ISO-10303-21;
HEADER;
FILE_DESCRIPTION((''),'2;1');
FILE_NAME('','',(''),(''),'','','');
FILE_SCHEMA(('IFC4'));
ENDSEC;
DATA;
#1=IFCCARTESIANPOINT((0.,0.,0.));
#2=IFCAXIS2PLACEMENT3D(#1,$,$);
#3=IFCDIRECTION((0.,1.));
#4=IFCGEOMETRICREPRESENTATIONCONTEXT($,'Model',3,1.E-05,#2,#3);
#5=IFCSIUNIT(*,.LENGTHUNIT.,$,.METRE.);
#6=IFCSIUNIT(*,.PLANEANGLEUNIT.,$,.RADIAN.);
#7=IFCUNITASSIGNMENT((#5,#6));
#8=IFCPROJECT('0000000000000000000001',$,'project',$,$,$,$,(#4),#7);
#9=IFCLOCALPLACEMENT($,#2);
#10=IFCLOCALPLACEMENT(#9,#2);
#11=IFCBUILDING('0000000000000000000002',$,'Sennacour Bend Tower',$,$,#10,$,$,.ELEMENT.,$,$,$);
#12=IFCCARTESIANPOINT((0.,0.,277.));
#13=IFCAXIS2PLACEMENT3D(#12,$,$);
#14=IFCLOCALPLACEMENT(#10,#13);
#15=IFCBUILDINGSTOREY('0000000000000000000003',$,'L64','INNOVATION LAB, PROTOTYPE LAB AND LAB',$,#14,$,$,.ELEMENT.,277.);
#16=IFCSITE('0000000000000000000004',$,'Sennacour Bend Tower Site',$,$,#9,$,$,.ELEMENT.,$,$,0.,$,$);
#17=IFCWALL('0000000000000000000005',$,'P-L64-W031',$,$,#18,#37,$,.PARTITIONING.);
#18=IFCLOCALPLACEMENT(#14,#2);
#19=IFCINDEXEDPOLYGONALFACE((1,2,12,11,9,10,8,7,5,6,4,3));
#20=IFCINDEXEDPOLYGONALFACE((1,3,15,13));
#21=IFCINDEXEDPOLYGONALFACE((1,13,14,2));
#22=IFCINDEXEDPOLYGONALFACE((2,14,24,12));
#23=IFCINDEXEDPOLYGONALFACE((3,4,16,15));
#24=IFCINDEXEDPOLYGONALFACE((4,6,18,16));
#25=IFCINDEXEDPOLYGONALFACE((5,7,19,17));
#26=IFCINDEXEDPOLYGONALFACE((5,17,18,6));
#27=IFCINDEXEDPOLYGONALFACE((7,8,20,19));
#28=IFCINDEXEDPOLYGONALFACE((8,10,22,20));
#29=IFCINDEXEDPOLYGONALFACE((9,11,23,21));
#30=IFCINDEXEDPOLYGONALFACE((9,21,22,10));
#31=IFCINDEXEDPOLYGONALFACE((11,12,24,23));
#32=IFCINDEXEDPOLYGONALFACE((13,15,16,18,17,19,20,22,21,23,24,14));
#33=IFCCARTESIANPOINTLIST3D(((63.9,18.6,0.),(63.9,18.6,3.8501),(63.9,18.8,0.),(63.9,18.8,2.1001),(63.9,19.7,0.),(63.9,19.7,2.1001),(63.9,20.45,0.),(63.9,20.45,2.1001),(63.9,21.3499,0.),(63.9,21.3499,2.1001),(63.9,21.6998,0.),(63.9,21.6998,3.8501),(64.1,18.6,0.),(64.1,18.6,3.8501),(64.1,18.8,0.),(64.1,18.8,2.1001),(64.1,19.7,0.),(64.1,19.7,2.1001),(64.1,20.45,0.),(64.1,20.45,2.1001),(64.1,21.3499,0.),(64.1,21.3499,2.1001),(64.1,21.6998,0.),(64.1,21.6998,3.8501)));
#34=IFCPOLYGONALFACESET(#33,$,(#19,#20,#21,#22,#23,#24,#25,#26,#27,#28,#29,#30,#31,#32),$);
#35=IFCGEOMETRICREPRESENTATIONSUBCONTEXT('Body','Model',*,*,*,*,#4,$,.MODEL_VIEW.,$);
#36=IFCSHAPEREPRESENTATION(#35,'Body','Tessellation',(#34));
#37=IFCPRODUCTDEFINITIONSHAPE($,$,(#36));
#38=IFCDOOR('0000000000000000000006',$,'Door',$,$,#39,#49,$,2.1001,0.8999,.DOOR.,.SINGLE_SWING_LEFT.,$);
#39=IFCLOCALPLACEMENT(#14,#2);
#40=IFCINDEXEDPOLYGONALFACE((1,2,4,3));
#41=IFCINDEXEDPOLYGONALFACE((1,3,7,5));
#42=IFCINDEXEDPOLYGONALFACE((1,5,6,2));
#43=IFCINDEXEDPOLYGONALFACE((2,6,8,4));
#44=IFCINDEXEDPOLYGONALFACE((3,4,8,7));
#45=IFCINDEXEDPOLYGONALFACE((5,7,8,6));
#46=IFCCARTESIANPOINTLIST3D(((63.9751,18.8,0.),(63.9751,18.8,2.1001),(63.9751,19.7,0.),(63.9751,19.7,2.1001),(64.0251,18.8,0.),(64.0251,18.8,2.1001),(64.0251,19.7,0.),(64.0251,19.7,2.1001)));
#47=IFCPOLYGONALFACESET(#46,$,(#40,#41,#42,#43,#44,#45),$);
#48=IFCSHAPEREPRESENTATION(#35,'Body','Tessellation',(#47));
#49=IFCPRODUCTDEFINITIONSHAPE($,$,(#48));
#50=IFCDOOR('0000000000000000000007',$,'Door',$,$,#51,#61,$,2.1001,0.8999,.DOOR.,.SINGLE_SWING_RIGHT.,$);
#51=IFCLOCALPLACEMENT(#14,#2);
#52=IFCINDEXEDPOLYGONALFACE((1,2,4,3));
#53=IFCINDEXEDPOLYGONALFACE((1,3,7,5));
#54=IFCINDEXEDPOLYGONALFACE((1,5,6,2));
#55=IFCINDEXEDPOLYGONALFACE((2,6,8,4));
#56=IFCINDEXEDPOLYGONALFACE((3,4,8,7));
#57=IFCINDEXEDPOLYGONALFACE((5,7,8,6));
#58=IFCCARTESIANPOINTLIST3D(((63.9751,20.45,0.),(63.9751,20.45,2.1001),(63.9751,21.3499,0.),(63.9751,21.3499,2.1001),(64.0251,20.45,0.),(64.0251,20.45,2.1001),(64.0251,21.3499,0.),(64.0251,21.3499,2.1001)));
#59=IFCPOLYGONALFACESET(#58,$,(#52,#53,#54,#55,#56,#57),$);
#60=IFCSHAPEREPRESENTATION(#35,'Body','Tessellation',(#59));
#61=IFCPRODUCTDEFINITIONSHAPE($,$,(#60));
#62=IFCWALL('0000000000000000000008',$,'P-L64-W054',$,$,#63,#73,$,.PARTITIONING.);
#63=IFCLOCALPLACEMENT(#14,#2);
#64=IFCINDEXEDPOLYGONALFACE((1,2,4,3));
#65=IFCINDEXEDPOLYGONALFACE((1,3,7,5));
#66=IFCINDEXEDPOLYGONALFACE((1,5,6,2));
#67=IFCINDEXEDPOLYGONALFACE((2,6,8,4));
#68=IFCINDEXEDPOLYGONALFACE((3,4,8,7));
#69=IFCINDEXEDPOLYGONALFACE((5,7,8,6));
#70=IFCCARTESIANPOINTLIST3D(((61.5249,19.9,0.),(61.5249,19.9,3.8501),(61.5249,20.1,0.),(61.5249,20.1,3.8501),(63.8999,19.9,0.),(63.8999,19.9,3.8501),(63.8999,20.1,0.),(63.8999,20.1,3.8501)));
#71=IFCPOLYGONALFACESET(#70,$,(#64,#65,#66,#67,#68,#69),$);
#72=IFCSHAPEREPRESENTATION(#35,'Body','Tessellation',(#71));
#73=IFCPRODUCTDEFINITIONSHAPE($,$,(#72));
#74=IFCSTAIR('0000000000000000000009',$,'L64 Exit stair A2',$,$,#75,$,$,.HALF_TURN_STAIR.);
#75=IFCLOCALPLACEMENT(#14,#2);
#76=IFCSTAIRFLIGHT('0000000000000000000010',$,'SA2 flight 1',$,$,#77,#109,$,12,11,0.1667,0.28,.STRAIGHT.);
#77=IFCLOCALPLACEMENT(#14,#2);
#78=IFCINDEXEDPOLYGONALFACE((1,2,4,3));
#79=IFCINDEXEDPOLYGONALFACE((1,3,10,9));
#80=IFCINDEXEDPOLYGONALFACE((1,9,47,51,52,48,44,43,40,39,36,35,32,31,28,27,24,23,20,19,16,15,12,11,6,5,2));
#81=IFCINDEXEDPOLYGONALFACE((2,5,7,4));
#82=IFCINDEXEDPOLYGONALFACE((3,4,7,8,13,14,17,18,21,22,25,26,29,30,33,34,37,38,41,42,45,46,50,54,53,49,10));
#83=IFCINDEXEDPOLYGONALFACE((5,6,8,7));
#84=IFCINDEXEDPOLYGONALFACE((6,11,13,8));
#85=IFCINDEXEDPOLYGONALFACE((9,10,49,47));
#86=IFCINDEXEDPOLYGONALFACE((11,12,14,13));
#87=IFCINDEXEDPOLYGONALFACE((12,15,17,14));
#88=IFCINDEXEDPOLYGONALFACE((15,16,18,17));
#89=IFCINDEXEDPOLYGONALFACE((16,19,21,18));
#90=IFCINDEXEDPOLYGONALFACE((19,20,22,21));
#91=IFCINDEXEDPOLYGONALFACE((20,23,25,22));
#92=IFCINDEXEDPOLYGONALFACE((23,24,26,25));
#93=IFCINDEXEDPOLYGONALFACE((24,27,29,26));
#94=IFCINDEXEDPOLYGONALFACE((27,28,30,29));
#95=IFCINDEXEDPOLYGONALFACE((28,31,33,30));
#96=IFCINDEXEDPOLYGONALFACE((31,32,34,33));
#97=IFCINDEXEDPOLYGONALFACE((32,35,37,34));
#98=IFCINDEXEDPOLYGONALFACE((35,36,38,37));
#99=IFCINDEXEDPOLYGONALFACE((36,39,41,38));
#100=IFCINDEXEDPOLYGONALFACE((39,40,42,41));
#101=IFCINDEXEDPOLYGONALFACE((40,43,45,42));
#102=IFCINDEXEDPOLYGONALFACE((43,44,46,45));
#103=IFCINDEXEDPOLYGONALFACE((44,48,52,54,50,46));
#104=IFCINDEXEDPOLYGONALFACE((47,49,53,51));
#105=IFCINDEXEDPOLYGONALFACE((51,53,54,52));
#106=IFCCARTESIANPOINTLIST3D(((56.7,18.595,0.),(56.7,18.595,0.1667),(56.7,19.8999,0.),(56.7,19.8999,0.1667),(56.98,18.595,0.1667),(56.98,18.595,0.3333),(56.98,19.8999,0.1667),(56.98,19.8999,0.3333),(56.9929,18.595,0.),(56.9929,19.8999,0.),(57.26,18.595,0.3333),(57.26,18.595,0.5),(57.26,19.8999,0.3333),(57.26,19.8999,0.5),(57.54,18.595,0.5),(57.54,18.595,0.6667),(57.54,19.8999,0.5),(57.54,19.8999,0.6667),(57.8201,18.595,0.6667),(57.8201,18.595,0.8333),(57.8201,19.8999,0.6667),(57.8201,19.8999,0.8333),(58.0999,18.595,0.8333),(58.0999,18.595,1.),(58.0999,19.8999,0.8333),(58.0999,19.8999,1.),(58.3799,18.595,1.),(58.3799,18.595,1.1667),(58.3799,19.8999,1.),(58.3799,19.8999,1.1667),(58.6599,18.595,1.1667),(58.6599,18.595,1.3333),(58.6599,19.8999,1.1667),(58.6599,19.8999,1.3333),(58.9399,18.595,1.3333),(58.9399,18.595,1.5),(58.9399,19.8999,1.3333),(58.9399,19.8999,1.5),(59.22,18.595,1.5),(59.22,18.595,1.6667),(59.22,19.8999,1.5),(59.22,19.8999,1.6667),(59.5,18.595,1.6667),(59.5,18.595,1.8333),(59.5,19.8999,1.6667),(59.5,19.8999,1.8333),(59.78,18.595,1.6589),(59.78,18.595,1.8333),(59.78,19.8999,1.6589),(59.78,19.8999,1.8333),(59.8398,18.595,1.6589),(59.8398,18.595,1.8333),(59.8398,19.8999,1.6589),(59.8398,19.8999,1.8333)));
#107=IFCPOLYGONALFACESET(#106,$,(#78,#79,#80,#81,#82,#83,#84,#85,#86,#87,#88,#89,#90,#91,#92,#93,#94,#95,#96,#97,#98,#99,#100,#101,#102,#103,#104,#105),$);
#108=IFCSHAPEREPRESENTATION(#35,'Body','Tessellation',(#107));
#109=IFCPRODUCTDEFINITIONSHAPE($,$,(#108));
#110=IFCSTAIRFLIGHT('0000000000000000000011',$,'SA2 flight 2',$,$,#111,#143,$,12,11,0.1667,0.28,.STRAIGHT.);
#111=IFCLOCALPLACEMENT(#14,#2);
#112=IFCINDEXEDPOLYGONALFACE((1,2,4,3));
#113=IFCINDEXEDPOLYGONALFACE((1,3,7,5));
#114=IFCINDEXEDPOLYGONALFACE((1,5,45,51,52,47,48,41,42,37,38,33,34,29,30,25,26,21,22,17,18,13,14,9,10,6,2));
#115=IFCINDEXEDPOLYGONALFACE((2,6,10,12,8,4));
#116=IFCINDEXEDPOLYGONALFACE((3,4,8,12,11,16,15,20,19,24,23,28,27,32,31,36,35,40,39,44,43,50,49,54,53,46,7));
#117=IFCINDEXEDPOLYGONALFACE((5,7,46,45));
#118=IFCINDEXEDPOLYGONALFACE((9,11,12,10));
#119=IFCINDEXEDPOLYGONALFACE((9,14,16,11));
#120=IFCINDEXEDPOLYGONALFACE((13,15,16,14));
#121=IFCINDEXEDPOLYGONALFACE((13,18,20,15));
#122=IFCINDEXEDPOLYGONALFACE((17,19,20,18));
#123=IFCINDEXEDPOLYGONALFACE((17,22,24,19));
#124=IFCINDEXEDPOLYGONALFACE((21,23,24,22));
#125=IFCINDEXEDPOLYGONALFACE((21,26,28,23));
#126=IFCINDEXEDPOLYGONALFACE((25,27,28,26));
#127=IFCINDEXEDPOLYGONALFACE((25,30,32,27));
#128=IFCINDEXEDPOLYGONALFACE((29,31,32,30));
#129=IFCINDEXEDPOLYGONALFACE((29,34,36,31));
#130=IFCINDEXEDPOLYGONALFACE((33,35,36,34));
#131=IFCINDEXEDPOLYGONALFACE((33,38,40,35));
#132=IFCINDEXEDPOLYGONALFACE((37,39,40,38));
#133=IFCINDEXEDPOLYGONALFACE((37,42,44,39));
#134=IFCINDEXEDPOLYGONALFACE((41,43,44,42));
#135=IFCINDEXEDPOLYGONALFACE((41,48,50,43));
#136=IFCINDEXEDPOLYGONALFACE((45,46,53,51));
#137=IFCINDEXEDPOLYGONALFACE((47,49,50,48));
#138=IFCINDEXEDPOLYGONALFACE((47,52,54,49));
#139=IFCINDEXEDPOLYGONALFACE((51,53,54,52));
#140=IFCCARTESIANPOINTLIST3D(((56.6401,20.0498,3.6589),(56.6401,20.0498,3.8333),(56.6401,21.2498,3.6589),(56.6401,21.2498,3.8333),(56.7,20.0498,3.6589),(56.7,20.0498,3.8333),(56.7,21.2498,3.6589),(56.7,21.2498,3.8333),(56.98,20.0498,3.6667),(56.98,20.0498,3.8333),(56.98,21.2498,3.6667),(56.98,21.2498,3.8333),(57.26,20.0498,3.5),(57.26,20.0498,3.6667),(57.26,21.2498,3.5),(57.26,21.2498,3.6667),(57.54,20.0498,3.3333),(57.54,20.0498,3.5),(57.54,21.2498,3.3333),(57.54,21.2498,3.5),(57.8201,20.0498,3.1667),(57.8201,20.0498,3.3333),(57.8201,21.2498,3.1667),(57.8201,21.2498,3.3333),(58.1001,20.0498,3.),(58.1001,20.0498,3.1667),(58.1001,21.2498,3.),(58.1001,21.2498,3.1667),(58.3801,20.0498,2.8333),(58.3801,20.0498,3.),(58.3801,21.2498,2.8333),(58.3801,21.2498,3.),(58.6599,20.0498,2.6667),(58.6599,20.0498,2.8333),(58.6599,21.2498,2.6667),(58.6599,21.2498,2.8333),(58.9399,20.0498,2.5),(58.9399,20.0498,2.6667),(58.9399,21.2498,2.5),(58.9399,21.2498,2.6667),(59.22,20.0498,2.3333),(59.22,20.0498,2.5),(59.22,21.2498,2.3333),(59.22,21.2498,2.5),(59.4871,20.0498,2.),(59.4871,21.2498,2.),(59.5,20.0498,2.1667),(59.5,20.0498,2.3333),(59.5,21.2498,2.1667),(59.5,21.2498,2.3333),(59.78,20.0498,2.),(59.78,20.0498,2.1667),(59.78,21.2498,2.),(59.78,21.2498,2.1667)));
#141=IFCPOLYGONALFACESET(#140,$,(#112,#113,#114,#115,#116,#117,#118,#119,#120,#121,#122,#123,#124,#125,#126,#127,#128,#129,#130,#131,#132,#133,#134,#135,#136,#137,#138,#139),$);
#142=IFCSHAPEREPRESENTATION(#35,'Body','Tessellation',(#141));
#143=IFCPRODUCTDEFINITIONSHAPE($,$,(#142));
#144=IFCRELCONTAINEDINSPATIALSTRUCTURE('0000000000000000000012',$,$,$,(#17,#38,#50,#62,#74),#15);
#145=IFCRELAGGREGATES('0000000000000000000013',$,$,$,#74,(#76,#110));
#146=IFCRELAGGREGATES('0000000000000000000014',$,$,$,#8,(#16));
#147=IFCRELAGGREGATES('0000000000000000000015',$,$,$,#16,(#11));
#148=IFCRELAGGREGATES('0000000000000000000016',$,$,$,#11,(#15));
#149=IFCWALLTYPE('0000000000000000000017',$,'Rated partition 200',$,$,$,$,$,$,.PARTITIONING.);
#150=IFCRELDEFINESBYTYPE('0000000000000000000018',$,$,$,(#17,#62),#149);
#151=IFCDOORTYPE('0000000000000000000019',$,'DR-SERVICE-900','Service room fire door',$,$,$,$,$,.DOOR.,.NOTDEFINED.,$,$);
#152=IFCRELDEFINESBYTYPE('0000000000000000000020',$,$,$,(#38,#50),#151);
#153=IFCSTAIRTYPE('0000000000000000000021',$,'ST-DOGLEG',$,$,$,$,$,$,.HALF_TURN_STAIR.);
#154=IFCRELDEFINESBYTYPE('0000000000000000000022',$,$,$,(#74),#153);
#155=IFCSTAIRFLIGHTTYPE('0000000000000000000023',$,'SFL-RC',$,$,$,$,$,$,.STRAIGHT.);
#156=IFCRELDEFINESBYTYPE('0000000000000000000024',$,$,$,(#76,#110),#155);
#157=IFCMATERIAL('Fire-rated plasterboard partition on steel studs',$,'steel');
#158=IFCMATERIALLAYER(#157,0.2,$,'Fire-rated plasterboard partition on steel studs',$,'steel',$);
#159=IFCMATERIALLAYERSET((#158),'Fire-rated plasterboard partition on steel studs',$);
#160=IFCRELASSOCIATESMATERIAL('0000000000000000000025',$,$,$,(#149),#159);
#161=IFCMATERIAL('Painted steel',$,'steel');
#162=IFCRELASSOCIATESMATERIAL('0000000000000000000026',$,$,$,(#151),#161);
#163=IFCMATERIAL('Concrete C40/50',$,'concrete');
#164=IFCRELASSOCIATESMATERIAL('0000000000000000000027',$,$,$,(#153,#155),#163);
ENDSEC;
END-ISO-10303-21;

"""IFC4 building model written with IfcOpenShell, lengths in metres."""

from ifc_helpers import new_model, si_unit, direction, frame, frame_2d, origin, place, context, subcontext, project, spatial, polyline, rectangle, outline, extrude, material, layer, layer_set, type_object, element, fill, aggregate, save


model = new_model("IFC4")

# Units and contexts
model_context = context("Model", 3, precision=1e-05, world=origin(), true_north=direction((0.0, 1.0)))
body_context = subcontext(model_context, "Body", "Model", "MODEL_VIEW")
ifc_project = project(units=[si_unit("LENGTHUNIT", "METRE"), si_unit("PLANEANGLEUNIT", "RADIAN")], contexts=[model_context])

# Site, building, storey
site_placement = place(None, origin())
site = spatial("IfcSite", under=ifc_project, at=site_placement, Name="Sennacour Bend Tower Site", CompositionType="ELEMENT", RefElevation=0.0)
building_placement = place(site_placement, origin())
building = spatial("IfcBuilding", under=site, at=building_placement, Name="Sennacour Bend Tower", CompositionType="ELEMENT")
storey_placement = place(building_placement, frame((0.0, 0.0, 277.0)))
storey = spatial("IfcBuildingStorey", under=building, at=storey_placement, Name="L64", Description="INNOVATION LAB, PROTOTYPE LAB AND LAB", CompositionType="ELEMENT", Elevation=277.0)

# Wall, openings, doors
ifc_material_1 = material(Name="Fire-rated plasterboard partition on steel studs", Category="steel")
ifc_layer = layer(ifc_material_1, 0.2, Name="Fire-rated plasterboard partition on steel studs", Category="steel")
ifc_layer_set = layer_set([ifc_layer], Name="Fire-rated plasterboard partition on steel studs")
wall_type = type_object("IfcWallType", Name="Rated partition 200", PredefinedType="PARTITIONING", material=ifc_layer_set)
wall_1_placement = place(storey_placement, frame((64.0, 18.6001, 0.0), z_axis=(0.0, 0.0, 1.0), x_axis=(0.0, 1.0, 0.0)))
wall_1 = element("IfcWall", 1, at=wall_1_placement, inside=storey, type_object=wall_type, Name="P-L64-W031", PredefinedType="PARTITIONING", context=body_context, shape_type="SweptSolid", body=[
    extrude(rectangle(XDim=3.0999, YDim=0.2, at=frame_2d((1.5498, 0.0))), origin(), (0.0, 0.0, 1.0), 3.8501),
])
opening_1_placement = place(wall_1_placement, frame((0.2, 0.0, 0.0)))
opening_1 = element("IfcOpeningElement", 2, at=opening_1_placement, cuts=wall_1, PredefinedType="OPENING", context=body_context, shape_type="SweptSolid", body=[
    extrude(rectangle(XDim=0.8999, YDim=2.1001, at=frame_2d((0.45, 1.05))), frame((0.0, 0.1099, 0.0), z_axis=(0.0, -1.0, 0.0), x_axis=(1.0, 0.0, 0.0)), (0.0, 0.0, 1.0), 0.22),
])
opening_2_placement = place(wall_1_placement, frame((1.8499, 0.0, 0.0)))
opening_2 = element("IfcOpeningElement", 3, at=opening_2_placement, cuts=wall_1, PredefinedType="OPENING", context=body_context, shape_type="SweptSolid", body=[
    extrude(rectangle(XDim=0.8999, YDim=2.1001, at=frame_2d((0.45, 1.05))), frame((0.0, 0.1099, 0.0), z_axis=(0.0, -1.0, 0.0), x_axis=(1.0, 0.0, 0.0)), (0.0, 0.0, 1.0), 0.22),
])
ifc_material_2 = material(Name="Painted steel", Category="steel")
door_type = type_object("IfcDoorType", Name="DR-SERVICE-900", Description="Service room fire door", OperationType="NOTDEFINED", PredefinedType="DOOR", material=ifc_material_2)
door_1_placement = place(opening_1_placement, origin())
door_1 = element("IfcDoor", 4, at=door_1_placement, inside=storey, type_object=door_type, Name="Door", OperationType="SINGLE_SWING_LEFT", OverallHeight=2.1001, OverallWidth=0.8999, PredefinedType="DOOR", context=body_context, shape_type="SweptSolid", body=[
    extrude(rectangle(XDim=0.8999, YDim=2.1001, at=frame_2d((0.45, 1.05))), frame((0.0, 0.0249, 0.0), z_axis=(0.0, -1.0, 0.0), x_axis=(1.0, 0.0, 0.0)), (0.0, 0.0, 1.0), 0.05),
])
fill(opening_1, door_1)
door_2_placement = place(opening_2_placement, origin())
door_2 = element("IfcDoor", 5, at=door_2_placement, inside=storey, type_object=door_type, Name="Door", OperationType="SINGLE_SWING_RIGHT", OverallHeight=2.1001, OverallWidth=0.8999, PredefinedType="DOOR", context=body_context, shape_type="SweptSolid", body=[
    extrude(rectangle(XDim=0.8999, YDim=2.1001, at=frame_2d((0.45, 1.05))), frame((0.0, 0.0249, 0.0), z_axis=(0.0, -1.0, 0.0), x_axis=(1.0, 0.0, 0.0)), (0.0, 0.0, 1.0), 0.05),
])
fill(opening_2, door_2)

# Wall
wall_2_placement = place(storey_placement, frame((61.5249, 20.0, 0.0), z_axis=(0.0, 0.0, 1.0), x_axis=(1.0, 0.0, 0.0)))
element("IfcWall", 6, at=wall_2_placement, inside=storey, type_object=wall_type, Name="P-L64-W054", PredefinedType="PARTITIONING", context=body_context, shape_type="SweptSolid", body=[
    extrude(rectangle(XDim=2.375, YDim=0.2, at=frame_2d((1.1875, 0.0))), origin(), (0.0, 0.0, 1.0), 3.8501),
])

# Stair, stair flights
ifc_material_3 = material(Name="Concrete C40/50", Category="concrete")
stair_type = type_object("IfcStairType", Name="ST-DOGLEG", PredefinedType="HALF_TURN_STAIR", material=ifc_material_3)
stair_placement = place(storey_placement, origin())
stair = element("IfcStair", 7, at=stair_placement, inside=storey, type_object=stair_type, Name="L64 Exit stair A2", PredefinedType="HALF_TURN_STAIR")
stair_flight_type = type_object("IfcStairFlightType", Name="SFL-RC", PredefinedType="STRAIGHT", material=ifc_material_3)
stair_flight_1_placement = place(storey_placement, frame((56.7, 19.2476, 0.0), z_axis=(0.0, 0.0, 1.0), x_axis=(1.0, 0.0, 0.0)))
stair_flight_1 = element("IfcStairFlight", 8, at=stair_flight_1_placement, type_object=stair_flight_type, Name="SA2 flight 1", NumberOfRisers=12, NumberOfTreads=11, PredefinedType="STRAIGHT", RiserHeight=0.1667, TreadLength=0.28, context=body_context, shape_type="SweptSolid", body=[
    extrude(outline(polyline([(0.0, 0.0), (0.0, 0.1667), (0.28, 0.1667), (0.28, 0.3333), (0.5601, 0.3333), (0.5601, 0.5), (0.8401, 0.5), (0.8401, 0.6667), (1.1201, 0.6667), (1.1201, 0.8333), (1.3999, 0.8333), (1.3999, 1.0), (1.6799, 1.0), (1.6799, 1.1667), (1.96, 1.1667), (1.96, 1.3333), (2.24, 1.3333), (2.24, 1.5), (2.52, 1.5), (2.52, 1.6667), (2.8, 1.6667), (2.8, 1.8333), (3.0801, 1.8333), (3.1399, 1.8333), (3.1399, 1.6589), (3.0801, 1.6589), (0.293, 0.0), (0.0, 0.0)])), frame((0.0, 0.6523, 0.0), z_axis=(0.0, -1.0, 0.0), x_axis=(1.0, 0.0, 0.0)), (0.0, 0.0, 1.0), 1.3049),
])
stair_flight_2_placement = place(storey_placement, frame((59.78, 20.6499, 2.0), z_axis=(0.0, 0.0, 1.0), x_axis=(-1.0, 0.0, 0.0)))
stair_flight_2 = element("IfcStairFlight", 9, at=stair_flight_2_placement, type_object=stair_flight_type, Name="SA2 flight 2", NumberOfRisers=12, NumberOfTreads=11, PredefinedType="STRAIGHT", RiserHeight=0.1667, TreadLength=0.28, context=body_context, shape_type="SweptSolid", body=[
    extrude(outline(polyline([(0.0, 0.0), (0.0, 0.1667), (0.28, 0.1667), (0.28, 0.3333), (0.5601, 0.3333), (0.5601, 0.5), (0.8401, 0.5), (0.8401, 0.6667), (1.1201, 0.6667), (1.1201, 0.8333), (1.3999, 0.8333), (1.3999, 1.0), (1.6799, 1.0), (1.6799, 1.1667), (1.96, 1.1667), (1.96, 1.3333), (2.24, 1.3333), (2.24, 1.5), (2.52, 1.5), (2.52, 1.6667), (2.8, 1.6667), (2.8, 1.8333), (3.0801, 1.8333), (3.1399, 1.8333), (3.1399, 1.6589), (3.0801, 1.6589), (0.293, 0.0), (0.0, 0.0)])), frame((0.0, 0.6001, 0.0), z_axis=(0.0, -1.0, 0.0), x_axis=(1.0, 0.0, 0.0)), (0.0, 0.0, 1.0), 1.2),
])
aggregate(stair, [stair_flight_1, stair_flight_2])

save(model, "model.ifc")
